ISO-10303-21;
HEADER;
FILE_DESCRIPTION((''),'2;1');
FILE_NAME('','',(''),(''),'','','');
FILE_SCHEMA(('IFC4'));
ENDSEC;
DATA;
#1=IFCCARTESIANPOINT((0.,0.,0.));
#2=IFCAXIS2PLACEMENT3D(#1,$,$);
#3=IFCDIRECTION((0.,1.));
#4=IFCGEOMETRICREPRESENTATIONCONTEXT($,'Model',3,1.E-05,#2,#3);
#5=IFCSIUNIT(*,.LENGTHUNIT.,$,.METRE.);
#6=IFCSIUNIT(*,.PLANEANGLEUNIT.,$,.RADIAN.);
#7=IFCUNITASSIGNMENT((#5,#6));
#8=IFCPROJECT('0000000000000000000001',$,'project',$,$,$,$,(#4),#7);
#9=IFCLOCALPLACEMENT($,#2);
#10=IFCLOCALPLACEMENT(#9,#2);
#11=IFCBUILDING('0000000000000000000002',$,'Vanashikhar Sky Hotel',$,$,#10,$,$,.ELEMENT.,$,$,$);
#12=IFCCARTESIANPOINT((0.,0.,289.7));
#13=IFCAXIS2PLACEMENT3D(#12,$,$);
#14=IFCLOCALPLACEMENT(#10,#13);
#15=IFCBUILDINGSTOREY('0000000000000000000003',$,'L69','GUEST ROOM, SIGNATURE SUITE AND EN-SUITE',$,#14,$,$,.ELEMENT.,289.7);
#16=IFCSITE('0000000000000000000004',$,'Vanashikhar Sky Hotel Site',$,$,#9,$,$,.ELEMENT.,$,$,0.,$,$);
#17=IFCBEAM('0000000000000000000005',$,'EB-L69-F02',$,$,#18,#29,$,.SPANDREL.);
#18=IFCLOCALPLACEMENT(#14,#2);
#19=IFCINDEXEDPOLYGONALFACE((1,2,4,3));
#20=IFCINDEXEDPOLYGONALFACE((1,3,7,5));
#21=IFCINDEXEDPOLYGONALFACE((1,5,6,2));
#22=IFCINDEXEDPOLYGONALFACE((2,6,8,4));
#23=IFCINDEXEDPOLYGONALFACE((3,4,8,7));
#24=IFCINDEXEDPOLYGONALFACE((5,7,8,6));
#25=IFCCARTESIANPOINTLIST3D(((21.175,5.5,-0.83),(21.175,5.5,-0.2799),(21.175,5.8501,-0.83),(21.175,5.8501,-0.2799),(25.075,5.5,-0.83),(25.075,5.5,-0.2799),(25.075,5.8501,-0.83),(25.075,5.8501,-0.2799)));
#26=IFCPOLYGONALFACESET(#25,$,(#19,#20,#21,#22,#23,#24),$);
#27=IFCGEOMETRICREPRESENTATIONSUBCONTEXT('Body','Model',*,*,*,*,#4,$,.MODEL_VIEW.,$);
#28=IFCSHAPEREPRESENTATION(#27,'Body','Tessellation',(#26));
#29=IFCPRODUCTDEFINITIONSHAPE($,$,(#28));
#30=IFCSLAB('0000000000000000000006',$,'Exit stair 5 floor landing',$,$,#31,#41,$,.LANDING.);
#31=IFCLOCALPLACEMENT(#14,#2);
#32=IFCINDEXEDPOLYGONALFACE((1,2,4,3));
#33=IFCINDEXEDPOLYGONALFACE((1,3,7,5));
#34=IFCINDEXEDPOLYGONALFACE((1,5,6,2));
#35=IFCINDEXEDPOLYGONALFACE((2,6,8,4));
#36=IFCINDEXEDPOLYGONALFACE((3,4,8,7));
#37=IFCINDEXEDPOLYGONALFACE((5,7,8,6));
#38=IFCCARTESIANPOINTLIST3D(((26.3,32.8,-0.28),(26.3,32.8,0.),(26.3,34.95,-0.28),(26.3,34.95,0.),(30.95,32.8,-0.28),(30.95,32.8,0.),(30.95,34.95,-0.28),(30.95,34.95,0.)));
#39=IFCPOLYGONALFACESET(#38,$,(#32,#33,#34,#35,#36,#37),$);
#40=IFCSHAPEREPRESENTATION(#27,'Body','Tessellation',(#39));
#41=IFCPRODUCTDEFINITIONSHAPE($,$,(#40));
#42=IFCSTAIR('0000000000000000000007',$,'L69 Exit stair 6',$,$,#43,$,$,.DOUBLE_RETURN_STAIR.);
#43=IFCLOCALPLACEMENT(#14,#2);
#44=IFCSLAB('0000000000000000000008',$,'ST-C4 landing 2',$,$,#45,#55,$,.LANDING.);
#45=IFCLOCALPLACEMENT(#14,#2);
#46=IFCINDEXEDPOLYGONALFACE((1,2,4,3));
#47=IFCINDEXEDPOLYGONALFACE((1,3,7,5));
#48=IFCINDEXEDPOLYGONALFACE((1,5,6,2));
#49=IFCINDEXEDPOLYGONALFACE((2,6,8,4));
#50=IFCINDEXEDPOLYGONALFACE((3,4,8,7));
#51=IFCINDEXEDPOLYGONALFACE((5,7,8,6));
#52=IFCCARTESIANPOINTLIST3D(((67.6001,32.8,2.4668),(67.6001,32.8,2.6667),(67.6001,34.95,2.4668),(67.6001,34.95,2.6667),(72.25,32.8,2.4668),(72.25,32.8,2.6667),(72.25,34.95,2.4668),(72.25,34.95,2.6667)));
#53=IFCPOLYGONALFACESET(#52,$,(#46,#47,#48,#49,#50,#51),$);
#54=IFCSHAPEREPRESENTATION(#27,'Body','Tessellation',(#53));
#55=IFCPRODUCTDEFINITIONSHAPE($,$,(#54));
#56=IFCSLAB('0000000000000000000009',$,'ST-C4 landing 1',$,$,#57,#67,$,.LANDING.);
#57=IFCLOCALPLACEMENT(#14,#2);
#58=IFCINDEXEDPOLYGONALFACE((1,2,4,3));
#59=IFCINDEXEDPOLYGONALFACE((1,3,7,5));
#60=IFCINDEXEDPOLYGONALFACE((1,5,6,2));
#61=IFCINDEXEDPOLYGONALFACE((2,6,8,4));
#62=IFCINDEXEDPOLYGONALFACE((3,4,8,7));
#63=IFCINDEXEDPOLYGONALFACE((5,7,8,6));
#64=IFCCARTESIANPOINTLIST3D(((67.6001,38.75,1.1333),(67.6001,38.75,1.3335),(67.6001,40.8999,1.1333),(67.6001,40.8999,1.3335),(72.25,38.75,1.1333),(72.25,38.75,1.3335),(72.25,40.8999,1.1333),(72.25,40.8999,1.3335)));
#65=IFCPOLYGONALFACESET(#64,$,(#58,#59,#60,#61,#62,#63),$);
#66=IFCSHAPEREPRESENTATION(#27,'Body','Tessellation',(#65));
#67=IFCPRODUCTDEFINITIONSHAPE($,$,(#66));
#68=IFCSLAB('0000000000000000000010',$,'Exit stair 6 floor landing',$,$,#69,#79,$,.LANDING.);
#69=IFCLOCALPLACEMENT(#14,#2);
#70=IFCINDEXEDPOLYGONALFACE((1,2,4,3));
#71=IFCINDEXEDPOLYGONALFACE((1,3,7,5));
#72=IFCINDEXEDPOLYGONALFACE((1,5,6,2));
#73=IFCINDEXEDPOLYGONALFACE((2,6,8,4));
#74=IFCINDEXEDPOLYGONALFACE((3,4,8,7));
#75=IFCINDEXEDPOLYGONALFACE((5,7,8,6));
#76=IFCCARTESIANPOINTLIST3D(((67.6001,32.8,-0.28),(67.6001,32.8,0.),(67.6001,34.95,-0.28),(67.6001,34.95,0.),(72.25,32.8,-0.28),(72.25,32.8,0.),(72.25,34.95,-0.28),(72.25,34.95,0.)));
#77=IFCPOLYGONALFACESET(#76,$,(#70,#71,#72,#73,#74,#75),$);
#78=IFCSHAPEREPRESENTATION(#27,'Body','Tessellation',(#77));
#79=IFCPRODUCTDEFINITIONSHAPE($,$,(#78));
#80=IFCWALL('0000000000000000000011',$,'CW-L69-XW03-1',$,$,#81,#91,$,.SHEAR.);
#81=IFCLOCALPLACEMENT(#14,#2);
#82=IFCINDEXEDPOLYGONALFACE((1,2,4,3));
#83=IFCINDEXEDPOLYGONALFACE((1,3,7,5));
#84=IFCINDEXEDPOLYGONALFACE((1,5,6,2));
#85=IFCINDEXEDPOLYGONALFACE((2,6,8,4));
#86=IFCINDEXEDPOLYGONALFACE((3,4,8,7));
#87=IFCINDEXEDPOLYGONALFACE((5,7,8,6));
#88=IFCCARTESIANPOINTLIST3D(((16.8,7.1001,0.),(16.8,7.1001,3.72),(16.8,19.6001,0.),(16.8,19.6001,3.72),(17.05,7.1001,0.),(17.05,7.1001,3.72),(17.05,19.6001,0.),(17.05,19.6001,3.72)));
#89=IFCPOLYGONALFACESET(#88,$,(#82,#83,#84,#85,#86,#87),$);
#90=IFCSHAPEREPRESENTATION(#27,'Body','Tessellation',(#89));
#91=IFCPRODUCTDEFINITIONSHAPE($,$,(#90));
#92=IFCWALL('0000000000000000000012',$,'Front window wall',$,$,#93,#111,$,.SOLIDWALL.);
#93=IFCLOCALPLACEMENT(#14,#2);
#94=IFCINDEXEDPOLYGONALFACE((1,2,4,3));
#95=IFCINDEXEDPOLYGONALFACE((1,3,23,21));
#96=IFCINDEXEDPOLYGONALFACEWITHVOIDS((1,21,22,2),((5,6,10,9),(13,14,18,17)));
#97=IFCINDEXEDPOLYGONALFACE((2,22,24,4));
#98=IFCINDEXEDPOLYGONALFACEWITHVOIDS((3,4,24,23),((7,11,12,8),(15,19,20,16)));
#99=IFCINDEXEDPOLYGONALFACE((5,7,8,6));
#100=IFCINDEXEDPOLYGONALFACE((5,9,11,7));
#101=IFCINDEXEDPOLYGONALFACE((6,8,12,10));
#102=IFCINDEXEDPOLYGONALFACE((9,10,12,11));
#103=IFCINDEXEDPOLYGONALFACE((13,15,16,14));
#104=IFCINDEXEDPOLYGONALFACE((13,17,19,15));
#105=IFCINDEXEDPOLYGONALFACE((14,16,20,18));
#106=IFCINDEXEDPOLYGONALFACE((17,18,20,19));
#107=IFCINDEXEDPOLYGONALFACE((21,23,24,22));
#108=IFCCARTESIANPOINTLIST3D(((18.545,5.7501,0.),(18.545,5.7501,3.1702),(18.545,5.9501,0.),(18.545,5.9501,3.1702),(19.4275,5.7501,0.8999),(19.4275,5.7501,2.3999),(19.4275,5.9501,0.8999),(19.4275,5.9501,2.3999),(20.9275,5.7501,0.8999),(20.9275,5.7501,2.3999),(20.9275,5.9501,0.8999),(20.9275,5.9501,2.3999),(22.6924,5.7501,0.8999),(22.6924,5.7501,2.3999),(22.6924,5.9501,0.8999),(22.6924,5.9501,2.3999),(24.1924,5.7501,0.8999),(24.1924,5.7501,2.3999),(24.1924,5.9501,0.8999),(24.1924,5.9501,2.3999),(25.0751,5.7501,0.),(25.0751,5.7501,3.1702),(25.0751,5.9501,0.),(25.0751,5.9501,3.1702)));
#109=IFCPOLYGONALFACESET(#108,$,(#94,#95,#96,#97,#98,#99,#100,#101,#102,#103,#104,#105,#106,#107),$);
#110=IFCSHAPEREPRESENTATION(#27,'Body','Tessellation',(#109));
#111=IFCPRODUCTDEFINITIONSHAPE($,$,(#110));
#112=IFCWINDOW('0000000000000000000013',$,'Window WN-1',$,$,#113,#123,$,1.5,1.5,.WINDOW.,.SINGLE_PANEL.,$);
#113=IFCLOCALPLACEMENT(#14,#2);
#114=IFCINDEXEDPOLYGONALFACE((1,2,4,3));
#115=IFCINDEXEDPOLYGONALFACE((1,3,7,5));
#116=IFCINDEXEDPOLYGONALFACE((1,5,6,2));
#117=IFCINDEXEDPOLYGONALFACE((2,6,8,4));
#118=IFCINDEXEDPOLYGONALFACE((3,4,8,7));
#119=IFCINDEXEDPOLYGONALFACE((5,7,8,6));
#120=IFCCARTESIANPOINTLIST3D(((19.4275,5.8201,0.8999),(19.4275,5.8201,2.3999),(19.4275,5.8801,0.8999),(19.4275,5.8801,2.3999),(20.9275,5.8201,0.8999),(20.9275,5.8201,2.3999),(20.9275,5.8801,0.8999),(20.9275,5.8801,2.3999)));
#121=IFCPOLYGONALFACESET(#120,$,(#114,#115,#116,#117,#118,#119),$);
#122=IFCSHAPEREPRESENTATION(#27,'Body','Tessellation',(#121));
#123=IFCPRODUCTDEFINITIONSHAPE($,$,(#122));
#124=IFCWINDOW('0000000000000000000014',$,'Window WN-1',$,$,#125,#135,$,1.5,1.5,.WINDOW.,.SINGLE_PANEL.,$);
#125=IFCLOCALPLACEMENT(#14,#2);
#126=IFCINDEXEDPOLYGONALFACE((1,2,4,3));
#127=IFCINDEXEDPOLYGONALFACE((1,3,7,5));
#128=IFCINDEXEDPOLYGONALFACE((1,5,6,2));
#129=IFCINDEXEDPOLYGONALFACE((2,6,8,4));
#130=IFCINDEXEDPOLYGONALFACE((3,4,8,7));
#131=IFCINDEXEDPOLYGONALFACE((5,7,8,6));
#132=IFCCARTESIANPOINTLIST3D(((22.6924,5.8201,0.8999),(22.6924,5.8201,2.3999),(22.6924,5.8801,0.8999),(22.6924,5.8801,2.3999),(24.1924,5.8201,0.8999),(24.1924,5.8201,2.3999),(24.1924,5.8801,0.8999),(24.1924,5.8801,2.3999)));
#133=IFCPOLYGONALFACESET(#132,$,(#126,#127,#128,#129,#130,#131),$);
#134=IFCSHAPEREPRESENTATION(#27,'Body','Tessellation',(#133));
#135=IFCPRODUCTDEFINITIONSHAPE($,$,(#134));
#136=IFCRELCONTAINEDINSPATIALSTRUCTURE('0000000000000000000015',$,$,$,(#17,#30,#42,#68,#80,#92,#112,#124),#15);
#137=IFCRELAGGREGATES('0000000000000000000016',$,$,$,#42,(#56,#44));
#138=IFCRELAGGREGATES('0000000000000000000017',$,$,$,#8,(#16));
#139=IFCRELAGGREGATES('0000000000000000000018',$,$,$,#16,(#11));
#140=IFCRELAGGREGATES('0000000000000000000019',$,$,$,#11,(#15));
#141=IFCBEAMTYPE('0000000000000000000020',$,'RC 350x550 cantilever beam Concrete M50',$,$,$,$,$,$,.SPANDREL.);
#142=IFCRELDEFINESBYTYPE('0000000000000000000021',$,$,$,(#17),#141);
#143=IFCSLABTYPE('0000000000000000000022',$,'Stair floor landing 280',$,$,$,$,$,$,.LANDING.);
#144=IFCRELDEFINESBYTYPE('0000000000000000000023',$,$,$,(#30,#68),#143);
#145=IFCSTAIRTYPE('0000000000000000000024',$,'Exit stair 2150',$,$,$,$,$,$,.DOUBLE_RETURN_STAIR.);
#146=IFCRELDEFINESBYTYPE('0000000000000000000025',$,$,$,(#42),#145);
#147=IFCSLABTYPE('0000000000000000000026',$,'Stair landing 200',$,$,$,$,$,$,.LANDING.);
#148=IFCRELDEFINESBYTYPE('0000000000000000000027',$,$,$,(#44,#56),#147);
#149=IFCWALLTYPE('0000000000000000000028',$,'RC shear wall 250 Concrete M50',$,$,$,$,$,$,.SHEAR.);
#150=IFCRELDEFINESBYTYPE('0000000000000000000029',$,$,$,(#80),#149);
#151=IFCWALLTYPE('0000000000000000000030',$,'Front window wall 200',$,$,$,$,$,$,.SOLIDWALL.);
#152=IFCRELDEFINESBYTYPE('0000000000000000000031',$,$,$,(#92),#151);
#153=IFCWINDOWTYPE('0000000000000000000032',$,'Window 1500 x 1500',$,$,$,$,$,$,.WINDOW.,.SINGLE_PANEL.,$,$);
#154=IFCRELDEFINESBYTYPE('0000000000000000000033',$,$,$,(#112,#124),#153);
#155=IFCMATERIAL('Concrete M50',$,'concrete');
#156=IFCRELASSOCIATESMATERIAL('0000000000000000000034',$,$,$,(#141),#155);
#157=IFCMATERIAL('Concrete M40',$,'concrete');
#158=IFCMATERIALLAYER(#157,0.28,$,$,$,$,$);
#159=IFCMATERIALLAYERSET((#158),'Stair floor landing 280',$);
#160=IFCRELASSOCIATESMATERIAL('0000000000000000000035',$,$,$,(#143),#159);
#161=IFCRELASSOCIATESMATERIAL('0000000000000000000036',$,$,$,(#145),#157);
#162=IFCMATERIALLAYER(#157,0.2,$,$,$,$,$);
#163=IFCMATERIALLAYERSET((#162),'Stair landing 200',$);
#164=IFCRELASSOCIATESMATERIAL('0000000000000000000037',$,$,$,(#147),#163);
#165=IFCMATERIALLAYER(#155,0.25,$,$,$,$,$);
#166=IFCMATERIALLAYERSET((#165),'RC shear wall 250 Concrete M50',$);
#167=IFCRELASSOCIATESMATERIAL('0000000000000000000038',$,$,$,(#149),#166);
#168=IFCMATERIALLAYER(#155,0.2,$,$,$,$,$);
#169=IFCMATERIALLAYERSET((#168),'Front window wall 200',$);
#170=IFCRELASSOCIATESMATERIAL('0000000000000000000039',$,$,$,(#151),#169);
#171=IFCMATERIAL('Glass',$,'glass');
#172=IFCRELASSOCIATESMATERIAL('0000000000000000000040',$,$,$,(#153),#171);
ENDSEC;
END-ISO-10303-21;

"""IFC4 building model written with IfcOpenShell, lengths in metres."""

from ifc_helpers import new_model, si_unit, direction, frame, frame_2d, origin, origin_2d, place, context, subcontext, project, spatial, polyline, rectangle, outline, extrude, source, transform, mapped, material, layer, layer_set, material_profile, profile_set, type_object, element, fill, aggregate, save


model = new_model("IFC4")

# Units and contexts
model_context = context("Model", 3, precision=1e-05, world=origin(), true_north=direction((0.0, 1.0)))
body_context = subcontext(model_context, "Body", "Model", "MODEL_VIEW")
ifc_project = project(units=[si_unit("LENGTHUNIT", "METRE"), si_unit("PLANEANGLEUNIT", "RADIAN")], contexts=[model_context])

# Site, building, storey
site_placement = place(None, origin())
site = spatial("IfcSite", under=ifc_project, at=site_placement, Name="Vanashikhar Sky Hotel Site", CompositionType="ELEMENT", RefElevation=0.0)
building_placement = place(site_placement, origin())
building = spatial("IfcBuilding", under=site, at=building_placement, Name="Vanashikhar Sky Hotel", CompositionType="ELEMENT")
storey_placement = place(building_placement, frame((0.0, 0.0, 289.7)))
storey = spatial("IfcBuildingStorey", under=building, at=storey_placement, Name="L69", Description="GUEST ROOM, SIGNATURE SUITE AND EN-SUITE", CompositionType="ELEMENT", Elevation=289.7)

# Beam
ifc_material_1 = material(Name="Concrete M50", Category="concrete")
ifc_material_profile = material_profile(ifc_material_1, rectangle(XDim=0.3501, YDim=0.55, at=origin_2d()))
ifc_profile_set = profile_set([ifc_material_profile], Name="RC 350x550 cantilever beam Concrete M50")
beam_type = type_object("IfcBeamType", Name="RC 350x550 cantilever beam Concrete M50", PredefinedType="SPANDREL", material=ifc_profile_set)
shared_shape_1 = source(origin(), body_context, "Body", "SweptSolid", [
    extrude(rectangle(XDim=0.3501, YDim=0.55, at=origin_2d()), origin(), (0.0, 0.0, 1.0), 3.8999),
])
beam_placement = place(storey_placement, frame((21.175, 5.675, -0.5549), z_axis=(1.0, 0.0, 0.0), x_axis=(0.0, 1.0, 0.0)))
element("IfcBeam", 1, at=beam_placement, inside=storey, type_object=beam_type, Name="EB-L69-F02", PredefinedType="SPANDREL", context=body_context, shape_type="MappedRepresentation", body=[
    mapped(shared_shape_1, transform((0.0, 0.0, 0.0), scale=1.0)),
])

# Slab
ifc_material_2 = material(Name="Concrete M40", Category="concrete")
ifc_layer_1 = layer(ifc_material_2, 0.28)
ifc_layer_set_1 = layer_set([ifc_layer_1], Name="Stair floor landing 280")
slab_type_1 = type_object("IfcSlabType", Name="Stair floor landing 280", PredefinedType="LANDING", material=ifc_layer_set_1)
shared_shape_2 = source(origin(), body_context, "Body", "SweptSolid", [
    extrude(outline(polyline([(30.95, 32.8), (30.95, 34.95), (26.3, 34.95), (26.3, 32.8), (30.95, 32.8)])), origin(), (0.0, 0.0, 1.0), 0.28),
])
slab_1_placement = place(storey_placement, frame((0.0, 0.0, -0.28)))
element("IfcSlab", 2, at=slab_1_placement, inside=storey, type_object=slab_type_1, Name="Exit stair 5 floor landing", PredefinedType="LANDING", context=body_context, shape_type="MappedRepresentation", body=[
    mapped(shared_shape_2, transform((0.0, 0.0, 0.0), scale=1.0)),
])

# Stair, slabs
stair_type = type_object("IfcStairType", Name="Exit stair 2150", PredefinedType="DOUBLE_RETURN_STAIR", material=ifc_material_2)
stair_placement = place(storey_placement, origin())
stair = element("IfcStair", 3, at=stair_placement, inside=storey, type_object=stair_type, Name="L69 Exit stair 6", PredefinedType="DOUBLE_RETURN_STAIR")
ifc_layer_2 = layer(ifc_material_2, 0.2)
ifc_layer_set_2 = layer_set([ifc_layer_2], Name="Stair landing 200")
slab_type_2 = type_object("IfcSlabType", Name="Stair landing 200", PredefinedType="LANDING", material=ifc_layer_set_2)
shared_shape_3 = source(origin(), body_context, "Body", "SweptSolid", [
    extrude(outline(polyline([(72.25, 32.8), (72.25, 34.95), (67.6001, 34.95), (67.6001, 32.8), (72.25, 32.8)])), origin(), (0.0, 0.0, 1.0), 0.2),
])
slab_2_placement = place(storey_placement, frame((0.0, 0.0, 2.4668)))
slab_2 = element("IfcSlab", 4, at=slab_2_placement, type_object=slab_type_2, Name="ST-C4 landing 2", PredefinedType="LANDING", context=body_context, shape_type="MappedRepresentation", body=[
    mapped(shared_shape_3, transform((0.0, 0.0, 0.0), scale=1.0)),
])
shared_shape_4 = source(origin(), body_context, "Body", "SweptSolid", [
    extrude(outline(polyline([(72.25, 38.75), (72.25, 40.8999), (67.6001, 40.8999), (67.6001, 38.75), (72.25, 38.75)])), origin(), (0.0, 0.0, 1.0), 0.2002),
])
slab_3_placement = place(storey_placement, frame((0.0, 0.0, 1.1333)))
slab_3 = element("IfcSlab", 5, at=slab_3_placement, type_object=slab_type_2, Name="ST-C4 landing 1", PredefinedType="LANDING", context=body_context, shape_type="MappedRepresentation", body=[
    mapped(shared_shape_4, transform((0.0, 0.0, 0.0), scale=1.0)),
])
aggregate(stair, [slab_3, slab_2])

# Slab
shared_shape_5 = source(origin(), body_context, "Body", "SweptSolid", [
    extrude(outline(polyline([(72.25, 32.8), (72.25, 34.95), (67.6001, 34.95), (67.6001, 32.8), (72.25, 32.8)])), origin(), (0.0, 0.0, 1.0), 0.28),
])
slab_4_placement = place(storey_placement, frame((0.0, 0.0, -0.28)))
element("IfcSlab", 6, at=slab_4_placement, inside=storey, type_object=slab_type_1, Name="Exit stair 6 floor landing", PredefinedType="LANDING", context=body_context, shape_type="MappedRepresentation", body=[
    mapped(shared_shape_5, transform((0.0, 0.0, 0.0), scale=1.0)),
])

# Wall
ifc_layer_3 = layer(ifc_material_1, 0.25)
ifc_layer_set_3 = layer_set([ifc_layer_3], Name="RC shear wall 250 Concrete M50")
wall_type_1 = type_object("IfcWallType", Name="RC shear wall 250 Concrete M50", PredefinedType="SHEAR", material=ifc_layer_set_3)
shared_shape_6 = source(origin(), body_context, "Body", "SweptSolid", [
    extrude(rectangle(XDim=12.5, YDim=0.25, at=frame_2d((6.25, 0.0))), origin(), (0.0, 0.0, 1.0), 3.72),
])
wall_1_placement = place(storey_placement, frame((16.925, 7.1001, 0.0), z_axis=(0.0, 0.0, 1.0), x_axis=(0.0, 1.0, 0.0)))
element("IfcWall", 7, at=wall_1_placement, inside=storey, type_object=wall_type_1, Name="CW-L69-XW03-1", PredefinedType="SHEAR", context=body_context, shape_type="MappedRepresentation", body=[
    mapped(shared_shape_6, transform((0.0, 0.0, 0.0), scale=1.0)),
])

# Wall, openings, windows
ifc_layer_4 = layer(ifc_material_1, 0.2)
ifc_layer_set_4 = layer_set([ifc_layer_4], Name="Front window wall 200")
wall_type_2 = type_object("IfcWallType", Name="Front window wall 200", PredefinedType="SOLIDWALL", material=ifc_layer_set_4)
shared_shape_7 = source(origin(), body_context, "Body", "SweptSolid", [
    extrude(rectangle(XDim=6.53, YDim=0.2, at=frame_2d((3.2651, 0.0))), origin(), (0.0, 0.0, 1.0), 3.1702),
])
wall_2_placement = place(storey_placement, frame((18.5449, 5.8501, 0.0), z_axis=(0.0, 0.0, 1.0), x_axis=(1.0, 0.0, 0.0)))
wall_2 = element("IfcWall", 8, at=wall_2_placement, inside=storey, type_object=wall_type_2, Name="Front window wall", PredefinedType="SOLIDWALL", context=body_context, shape_type="MappedRepresentation", body=[
    mapped(shared_shape_7, transform((0.0, 0.0, 0.0), scale=1.0)),
])
shared_shape_8 = source(origin(), body_context, "Body", "SweptSolid", [
    extrude(rectangle(XDim=1.5, YDim=1.5, at=frame_2d((0.75, 0.75))), frame((0.0, 0.1099, 0.0), z_axis=(0.0, -1.0, 0.0), x_axis=(1.0, 0.0, 0.0)), (0.0, 0.0, 1.0), 0.22),
])
opening_1_placement = place(wall_2_placement, frame((0.8826, 0.0, 0.8999)))
opening_1 = element("IfcOpeningElement", 9, at=opening_1_placement, cuts=wall_2, PredefinedType="OPENING", context=body_context, shape_type="MappedRepresentation", body=[
    mapped(shared_shape_8, transform((0.0, 0.0, 0.0), scale=1.0)),
])
opening_2_placement = place(wall_2_placement, frame((4.1475, 0.0, 0.8999)))
opening_2 = element("IfcOpeningElement", 10, at=opening_2_placement, cuts=wall_2, PredefinedType="OPENING", context=body_context, shape_type="MappedRepresentation", body=[
    mapped(shared_shape_8, transform((0.0, 0.0, 0.0), scale=1.0)),
])
ifc_material_3 = material(Name="Glass", Category="glass")
window_type_1 = type_object("IfcWindowType", Name="Window 1500 x 1500", PartitioningType="SINGLE_PANEL", PredefinedType="WINDOW", material=ifc_material_3)
shared_shape_9 = source(origin(), body_context, "Body", "SweptSolid", [
    extrude(rectangle(XDim=1.5, YDim=1.5, at=frame_2d((0.75, 0.75))), frame((0.0, 0.03, 0.0), z_axis=(0.0, -1.0, 0.0), x_axis=(1.0, 0.0, 0.0)), (0.0, 0.0, 1.0), 0.0601),
])
window_1_placement = place(opening_1_placement, origin())
window_1 = element("IfcWindow", 11, at=window_1_placement, inside=storey, type_object=window_type_1, Name="Window WN-1", OverallHeight=1.5, OverallWidth=1.5, PartitioningType="SINGLE_PANEL", PredefinedType="WINDOW", context=body_context, shape_type="MappedRepresentation", body=[
    mapped(shared_shape_9, transform((0.0, 0.0, 0.0), scale=1.0)),
])
fill(opening_1, window_1)
window_2_placement = place(opening_2_placement, origin())
window_2 = element("IfcWindow", 12, at=window_2_placement, inside=storey, type_object=window_type_1, Name="Window WN-1", OverallHeight=1.5, OverallWidth=1.5, PartitioningType="SINGLE_PANEL", PredefinedType="WINDOW", context=body_context, shape_type="MappedRepresentation", body=[
    mapped(shared_shape_9, transform((0.0, 0.0, 0.0), scale=1.0)),
])
fill(opening_2, window_2)

save(model, "model.ifc")
